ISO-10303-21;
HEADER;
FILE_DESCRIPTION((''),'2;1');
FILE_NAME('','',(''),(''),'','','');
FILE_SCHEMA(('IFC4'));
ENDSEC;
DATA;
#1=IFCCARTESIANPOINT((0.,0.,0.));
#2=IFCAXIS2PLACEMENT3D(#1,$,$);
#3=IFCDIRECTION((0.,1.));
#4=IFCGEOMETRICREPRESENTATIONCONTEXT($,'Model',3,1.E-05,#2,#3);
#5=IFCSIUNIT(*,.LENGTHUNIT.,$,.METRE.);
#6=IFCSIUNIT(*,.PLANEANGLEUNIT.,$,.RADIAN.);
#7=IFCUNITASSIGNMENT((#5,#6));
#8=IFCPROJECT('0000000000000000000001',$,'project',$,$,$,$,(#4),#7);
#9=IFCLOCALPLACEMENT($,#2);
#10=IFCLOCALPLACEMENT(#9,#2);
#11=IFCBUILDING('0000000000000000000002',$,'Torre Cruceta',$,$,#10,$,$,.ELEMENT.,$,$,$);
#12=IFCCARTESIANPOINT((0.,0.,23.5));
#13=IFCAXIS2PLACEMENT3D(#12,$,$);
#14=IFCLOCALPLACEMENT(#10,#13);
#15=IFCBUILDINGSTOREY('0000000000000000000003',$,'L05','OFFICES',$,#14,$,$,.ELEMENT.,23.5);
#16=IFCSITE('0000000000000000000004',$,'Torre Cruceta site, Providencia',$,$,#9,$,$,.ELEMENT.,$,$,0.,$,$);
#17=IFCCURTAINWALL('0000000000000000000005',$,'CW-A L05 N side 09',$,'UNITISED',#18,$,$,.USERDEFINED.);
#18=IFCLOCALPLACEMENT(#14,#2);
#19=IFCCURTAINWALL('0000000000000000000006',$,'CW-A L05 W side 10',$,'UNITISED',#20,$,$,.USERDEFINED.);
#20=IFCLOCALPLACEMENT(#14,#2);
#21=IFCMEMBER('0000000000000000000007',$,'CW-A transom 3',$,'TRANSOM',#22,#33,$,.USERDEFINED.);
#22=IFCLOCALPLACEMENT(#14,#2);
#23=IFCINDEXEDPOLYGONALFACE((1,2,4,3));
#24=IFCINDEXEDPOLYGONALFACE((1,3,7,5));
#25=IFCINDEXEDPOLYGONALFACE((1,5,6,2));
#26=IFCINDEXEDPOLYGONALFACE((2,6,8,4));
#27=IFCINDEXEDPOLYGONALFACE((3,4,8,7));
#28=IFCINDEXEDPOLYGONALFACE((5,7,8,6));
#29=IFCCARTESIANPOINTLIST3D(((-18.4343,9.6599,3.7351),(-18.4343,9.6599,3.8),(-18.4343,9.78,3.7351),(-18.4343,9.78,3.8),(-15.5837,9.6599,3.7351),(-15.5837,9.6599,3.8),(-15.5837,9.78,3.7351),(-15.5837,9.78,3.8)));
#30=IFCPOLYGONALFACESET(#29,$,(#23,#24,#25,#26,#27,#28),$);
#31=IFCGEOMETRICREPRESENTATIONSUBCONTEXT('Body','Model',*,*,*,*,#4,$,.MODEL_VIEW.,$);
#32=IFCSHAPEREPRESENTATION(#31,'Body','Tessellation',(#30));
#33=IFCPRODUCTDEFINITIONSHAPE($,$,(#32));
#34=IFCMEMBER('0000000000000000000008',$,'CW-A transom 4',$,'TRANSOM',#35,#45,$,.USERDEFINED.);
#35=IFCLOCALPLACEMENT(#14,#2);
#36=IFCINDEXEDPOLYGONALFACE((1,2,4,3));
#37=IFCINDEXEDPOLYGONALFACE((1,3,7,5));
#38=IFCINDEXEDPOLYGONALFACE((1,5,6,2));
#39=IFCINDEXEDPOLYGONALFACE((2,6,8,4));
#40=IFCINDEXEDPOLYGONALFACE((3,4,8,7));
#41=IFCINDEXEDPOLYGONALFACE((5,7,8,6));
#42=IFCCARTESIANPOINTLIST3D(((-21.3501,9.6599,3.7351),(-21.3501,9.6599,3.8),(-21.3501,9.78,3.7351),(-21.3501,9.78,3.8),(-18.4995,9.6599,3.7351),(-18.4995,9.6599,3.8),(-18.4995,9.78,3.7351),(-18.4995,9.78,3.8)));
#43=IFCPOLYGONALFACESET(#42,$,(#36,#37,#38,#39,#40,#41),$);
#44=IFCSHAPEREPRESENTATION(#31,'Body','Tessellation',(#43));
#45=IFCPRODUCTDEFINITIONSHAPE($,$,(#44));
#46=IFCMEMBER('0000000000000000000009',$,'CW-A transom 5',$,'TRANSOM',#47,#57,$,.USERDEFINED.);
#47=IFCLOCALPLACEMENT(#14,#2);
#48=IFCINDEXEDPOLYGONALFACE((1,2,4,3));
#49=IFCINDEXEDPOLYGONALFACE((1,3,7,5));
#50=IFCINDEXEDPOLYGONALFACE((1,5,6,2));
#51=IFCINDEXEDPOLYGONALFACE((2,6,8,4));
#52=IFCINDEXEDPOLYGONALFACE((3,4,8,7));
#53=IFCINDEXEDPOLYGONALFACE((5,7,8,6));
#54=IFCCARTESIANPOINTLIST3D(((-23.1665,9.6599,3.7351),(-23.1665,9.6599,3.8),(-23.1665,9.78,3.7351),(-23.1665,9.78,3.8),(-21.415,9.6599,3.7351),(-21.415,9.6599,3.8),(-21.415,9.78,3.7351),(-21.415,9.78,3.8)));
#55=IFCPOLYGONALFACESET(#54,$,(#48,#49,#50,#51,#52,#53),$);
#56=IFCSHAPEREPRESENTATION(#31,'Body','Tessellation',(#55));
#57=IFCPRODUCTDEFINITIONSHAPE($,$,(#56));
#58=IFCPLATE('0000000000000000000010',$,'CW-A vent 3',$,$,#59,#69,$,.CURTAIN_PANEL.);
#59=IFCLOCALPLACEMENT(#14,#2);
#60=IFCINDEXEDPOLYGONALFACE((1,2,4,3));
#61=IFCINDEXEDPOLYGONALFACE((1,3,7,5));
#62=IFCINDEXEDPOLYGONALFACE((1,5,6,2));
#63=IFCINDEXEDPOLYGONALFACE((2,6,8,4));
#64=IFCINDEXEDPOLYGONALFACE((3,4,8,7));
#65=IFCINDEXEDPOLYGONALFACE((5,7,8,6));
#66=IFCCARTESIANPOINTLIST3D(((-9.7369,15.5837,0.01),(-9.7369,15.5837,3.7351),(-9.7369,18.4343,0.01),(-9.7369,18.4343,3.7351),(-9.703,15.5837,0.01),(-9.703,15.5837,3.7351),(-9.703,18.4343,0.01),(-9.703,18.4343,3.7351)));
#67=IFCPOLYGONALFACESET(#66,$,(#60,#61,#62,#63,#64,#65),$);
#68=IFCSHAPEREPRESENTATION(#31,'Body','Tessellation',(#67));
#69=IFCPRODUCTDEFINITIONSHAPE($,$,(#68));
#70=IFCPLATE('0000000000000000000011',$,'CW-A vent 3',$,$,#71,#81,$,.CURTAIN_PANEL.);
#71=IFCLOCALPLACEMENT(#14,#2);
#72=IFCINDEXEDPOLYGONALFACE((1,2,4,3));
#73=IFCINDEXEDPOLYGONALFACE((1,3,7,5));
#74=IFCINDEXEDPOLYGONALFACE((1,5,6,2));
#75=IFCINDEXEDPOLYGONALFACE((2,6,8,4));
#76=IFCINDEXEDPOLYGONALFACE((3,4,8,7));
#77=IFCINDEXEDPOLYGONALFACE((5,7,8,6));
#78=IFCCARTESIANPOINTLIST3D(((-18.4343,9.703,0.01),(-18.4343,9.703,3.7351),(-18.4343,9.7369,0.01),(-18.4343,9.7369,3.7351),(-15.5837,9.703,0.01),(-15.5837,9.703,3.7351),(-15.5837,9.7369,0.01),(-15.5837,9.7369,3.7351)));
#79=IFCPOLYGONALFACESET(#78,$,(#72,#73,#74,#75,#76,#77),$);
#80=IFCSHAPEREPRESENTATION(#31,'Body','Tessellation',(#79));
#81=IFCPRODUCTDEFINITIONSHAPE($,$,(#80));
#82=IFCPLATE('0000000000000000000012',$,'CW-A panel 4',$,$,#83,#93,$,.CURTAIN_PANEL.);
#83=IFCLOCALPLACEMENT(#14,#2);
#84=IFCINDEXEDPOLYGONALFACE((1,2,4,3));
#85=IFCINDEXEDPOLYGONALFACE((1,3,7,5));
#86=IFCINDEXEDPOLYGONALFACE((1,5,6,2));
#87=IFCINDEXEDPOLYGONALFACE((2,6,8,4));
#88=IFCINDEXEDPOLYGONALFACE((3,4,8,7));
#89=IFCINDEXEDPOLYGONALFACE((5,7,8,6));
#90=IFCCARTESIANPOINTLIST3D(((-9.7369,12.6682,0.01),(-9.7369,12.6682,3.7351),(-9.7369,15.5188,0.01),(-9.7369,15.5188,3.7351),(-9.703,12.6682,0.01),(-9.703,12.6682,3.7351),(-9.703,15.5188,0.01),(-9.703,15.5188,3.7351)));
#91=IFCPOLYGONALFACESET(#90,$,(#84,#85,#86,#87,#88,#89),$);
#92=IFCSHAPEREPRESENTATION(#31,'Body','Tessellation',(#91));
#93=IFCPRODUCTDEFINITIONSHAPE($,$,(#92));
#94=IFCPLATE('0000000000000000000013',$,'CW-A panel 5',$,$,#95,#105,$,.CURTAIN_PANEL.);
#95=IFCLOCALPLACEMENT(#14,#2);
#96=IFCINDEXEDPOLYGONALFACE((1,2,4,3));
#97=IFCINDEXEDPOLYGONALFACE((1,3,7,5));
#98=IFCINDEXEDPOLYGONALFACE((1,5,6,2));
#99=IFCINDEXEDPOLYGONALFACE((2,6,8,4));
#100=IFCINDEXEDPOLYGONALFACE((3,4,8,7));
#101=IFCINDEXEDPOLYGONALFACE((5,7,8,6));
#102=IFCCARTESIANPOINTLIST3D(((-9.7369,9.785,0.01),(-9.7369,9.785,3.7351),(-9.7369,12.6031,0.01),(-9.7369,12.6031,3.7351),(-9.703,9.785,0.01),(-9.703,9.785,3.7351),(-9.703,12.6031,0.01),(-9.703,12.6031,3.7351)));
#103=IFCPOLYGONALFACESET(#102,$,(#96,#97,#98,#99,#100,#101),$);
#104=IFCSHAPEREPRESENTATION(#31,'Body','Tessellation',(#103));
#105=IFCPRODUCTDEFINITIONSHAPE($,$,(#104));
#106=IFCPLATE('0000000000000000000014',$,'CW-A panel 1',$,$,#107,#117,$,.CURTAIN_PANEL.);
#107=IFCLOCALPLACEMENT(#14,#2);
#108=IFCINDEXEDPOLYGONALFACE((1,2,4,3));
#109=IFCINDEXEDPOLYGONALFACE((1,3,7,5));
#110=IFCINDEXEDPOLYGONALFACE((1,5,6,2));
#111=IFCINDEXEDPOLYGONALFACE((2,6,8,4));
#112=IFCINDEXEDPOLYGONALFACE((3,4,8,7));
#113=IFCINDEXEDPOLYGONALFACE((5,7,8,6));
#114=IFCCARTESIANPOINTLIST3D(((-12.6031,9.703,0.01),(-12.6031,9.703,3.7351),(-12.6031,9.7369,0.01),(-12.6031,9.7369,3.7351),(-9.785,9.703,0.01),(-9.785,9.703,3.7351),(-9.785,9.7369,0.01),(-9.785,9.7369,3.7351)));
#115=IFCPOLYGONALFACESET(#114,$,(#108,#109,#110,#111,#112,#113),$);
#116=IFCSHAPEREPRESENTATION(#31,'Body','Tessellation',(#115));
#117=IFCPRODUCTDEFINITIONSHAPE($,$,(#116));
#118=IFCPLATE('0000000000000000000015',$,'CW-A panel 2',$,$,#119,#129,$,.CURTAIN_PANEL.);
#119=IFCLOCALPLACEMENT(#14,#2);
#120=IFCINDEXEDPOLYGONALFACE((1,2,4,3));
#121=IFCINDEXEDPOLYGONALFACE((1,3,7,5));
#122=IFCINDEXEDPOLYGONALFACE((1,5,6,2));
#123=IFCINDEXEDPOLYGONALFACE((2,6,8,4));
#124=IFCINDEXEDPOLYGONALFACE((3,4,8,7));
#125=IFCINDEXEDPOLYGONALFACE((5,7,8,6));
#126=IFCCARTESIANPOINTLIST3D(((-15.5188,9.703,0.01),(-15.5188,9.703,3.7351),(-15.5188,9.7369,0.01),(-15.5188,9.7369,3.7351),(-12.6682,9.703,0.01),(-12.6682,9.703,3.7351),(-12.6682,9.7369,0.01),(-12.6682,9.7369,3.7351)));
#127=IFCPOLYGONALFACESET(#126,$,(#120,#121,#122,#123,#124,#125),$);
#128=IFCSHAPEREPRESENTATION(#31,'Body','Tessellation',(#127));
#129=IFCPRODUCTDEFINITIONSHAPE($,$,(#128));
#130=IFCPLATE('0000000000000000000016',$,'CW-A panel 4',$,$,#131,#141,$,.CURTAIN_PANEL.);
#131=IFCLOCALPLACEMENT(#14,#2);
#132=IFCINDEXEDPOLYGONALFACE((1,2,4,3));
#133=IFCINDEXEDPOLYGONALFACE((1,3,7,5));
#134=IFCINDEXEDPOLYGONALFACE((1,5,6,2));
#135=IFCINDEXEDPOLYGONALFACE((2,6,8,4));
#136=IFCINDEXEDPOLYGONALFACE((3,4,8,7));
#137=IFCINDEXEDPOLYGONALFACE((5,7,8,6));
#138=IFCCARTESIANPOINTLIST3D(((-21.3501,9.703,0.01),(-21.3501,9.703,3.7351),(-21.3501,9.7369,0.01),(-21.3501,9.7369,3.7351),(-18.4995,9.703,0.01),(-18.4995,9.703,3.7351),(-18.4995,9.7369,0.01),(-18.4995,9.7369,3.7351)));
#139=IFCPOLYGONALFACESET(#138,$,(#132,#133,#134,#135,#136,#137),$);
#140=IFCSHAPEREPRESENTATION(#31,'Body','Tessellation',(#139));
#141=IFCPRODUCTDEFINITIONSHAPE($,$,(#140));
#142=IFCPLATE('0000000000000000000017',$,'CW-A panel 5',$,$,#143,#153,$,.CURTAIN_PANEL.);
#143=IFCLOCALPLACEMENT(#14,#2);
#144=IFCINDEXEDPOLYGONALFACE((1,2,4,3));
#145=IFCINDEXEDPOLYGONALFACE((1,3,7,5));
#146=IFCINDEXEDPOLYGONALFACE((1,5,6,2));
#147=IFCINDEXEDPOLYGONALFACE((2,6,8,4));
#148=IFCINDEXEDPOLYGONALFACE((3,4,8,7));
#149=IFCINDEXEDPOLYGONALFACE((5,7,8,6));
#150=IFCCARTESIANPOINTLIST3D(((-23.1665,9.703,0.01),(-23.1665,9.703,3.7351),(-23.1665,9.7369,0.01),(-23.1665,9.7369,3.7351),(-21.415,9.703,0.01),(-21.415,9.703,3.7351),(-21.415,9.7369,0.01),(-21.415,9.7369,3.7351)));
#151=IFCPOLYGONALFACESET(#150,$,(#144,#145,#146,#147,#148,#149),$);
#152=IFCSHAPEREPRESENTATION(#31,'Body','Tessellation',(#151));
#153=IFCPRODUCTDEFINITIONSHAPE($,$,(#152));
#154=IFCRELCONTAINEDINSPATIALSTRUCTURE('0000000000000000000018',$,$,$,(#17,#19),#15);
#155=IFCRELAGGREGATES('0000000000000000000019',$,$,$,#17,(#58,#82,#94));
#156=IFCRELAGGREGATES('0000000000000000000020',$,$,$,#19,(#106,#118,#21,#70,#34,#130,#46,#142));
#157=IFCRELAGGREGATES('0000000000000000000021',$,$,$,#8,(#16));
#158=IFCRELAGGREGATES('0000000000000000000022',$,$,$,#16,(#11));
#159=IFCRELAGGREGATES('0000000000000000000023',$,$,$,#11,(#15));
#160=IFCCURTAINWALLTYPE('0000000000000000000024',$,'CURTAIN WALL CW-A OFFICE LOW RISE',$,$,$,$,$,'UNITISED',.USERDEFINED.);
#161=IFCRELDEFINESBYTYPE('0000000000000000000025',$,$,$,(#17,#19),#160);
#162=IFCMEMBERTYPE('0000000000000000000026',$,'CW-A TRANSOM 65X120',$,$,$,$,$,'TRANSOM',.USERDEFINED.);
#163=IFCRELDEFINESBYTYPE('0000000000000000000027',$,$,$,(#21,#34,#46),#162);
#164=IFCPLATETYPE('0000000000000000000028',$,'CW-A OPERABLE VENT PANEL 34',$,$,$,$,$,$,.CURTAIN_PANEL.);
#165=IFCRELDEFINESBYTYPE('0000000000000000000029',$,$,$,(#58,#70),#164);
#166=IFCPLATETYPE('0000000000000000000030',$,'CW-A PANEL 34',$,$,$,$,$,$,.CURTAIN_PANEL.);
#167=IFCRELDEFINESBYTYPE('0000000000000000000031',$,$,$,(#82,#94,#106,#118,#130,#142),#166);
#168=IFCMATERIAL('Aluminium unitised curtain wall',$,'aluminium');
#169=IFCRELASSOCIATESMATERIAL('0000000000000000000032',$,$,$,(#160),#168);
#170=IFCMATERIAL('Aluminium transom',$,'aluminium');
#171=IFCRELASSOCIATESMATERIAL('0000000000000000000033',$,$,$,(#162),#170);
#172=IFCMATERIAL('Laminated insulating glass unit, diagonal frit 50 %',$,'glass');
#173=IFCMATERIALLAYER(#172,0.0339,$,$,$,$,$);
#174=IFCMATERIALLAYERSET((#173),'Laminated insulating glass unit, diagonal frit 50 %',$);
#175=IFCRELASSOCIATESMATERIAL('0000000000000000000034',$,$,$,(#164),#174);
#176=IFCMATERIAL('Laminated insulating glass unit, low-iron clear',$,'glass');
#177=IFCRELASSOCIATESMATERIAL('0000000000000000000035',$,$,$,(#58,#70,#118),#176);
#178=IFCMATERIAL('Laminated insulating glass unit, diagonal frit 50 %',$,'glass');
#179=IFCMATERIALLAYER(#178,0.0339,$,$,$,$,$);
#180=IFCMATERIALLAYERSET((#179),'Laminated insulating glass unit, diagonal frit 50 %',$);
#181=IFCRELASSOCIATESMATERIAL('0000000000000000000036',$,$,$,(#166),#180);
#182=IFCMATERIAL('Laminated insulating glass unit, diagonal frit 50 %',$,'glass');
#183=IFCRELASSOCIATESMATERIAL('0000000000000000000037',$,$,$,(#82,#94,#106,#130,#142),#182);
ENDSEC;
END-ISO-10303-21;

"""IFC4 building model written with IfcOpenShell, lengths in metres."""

from ifc_helpers import new_model, si_unit, direction, frame, origin, origin_2d, place, context, subcontext, project, spatial, rectangle, extrude, material, layer, layer_set, material_profile, profile_set, type_object, element, aggregate, save


model = new_model("IFC4")

# Units and contexts
model_context = context("Model", 3, precision=1e-05, world=origin(), true_north=direction((0.0, 1.0)))
body_context = subcontext(model_context, "Body", "Model", "MODEL_VIEW")
ifc_project = project(units=[si_unit("LENGTHUNIT", "METRE"), si_unit("PLANEANGLEUNIT", "RADIAN")], contexts=[model_context])

# Site, building, storey
site_placement = place(None, origin())
site = spatial("IfcSite", under=ifc_project, at=site_placement, Name="Torre Cruceta site, Providencia", CompositionType="ELEMENT", RefElevation=0.0)
building_placement = place(site_placement, origin())
building = spatial("IfcBuilding", under=site, at=building_placement, Name="Torre Cruceta", CompositionType="ELEMENT")
storey_placement = place(building_placement, frame((0.0, 0.0, 23.5)))
storey = spatial("IfcBuildingStorey", under=building, at=storey_placement, Name="L05", Description="OFFICES", CompositionType="ELEMENT", Elevation=23.5)

# Curtain walls
ifc_material_1 = material(Name="Aluminium unitised curtain wall", Category="aluminium")
curtain_wall_type = type_object("IfcCurtainWallType", Name="CURTAIN WALL CW-A OFFICE LOW RISE", ElementType="UNITISED", PredefinedType="USERDEFINED", material=ifc_material_1)
curtain_wall_1_placement = place(storey_placement, origin())
curtain_wall_1 = element("IfcCurtainWall", 1, at=curtain_wall_1_placement, inside=storey, type_object=curtain_wall_type, Name="CW-A L05 N side 09", ObjectType="UNITISED", PredefinedType="USERDEFINED")
curtain_wall_2_placement = place(storey_placement, origin())
curtain_wall_2 = element("IfcCurtainWall", 2, at=curtain_wall_2_placement, inside=storey, type_object=curtain_wall_type, Name="CW-A L05 W side 10", ObjectType="UNITISED", PredefinedType="USERDEFINED")

# Members
ifc_material_2 = material(Name="Aluminium transom", Category="aluminium")
ifc_material_profile_1 = material_profile(ifc_material_2, rectangle(XDim=0.1201, YDim=0.0649, at=origin_2d()), Name="AL 120X65")
ifc_profile_set_1 = profile_set([ifc_material_profile_1], Name="Aluminium transom")
member_type_1 = type_object("IfcMemberType", Name="CW-A TRANSOM 65X120", ElementType="TRANSOM", PredefinedType="USERDEFINED", material=ifc_profile_set_1)
member_1_placement = place(storey_placement, frame((-15.5837, 9.72, 3.7676), z_axis=(-1.0, 0.0, 0.0), x_axis=(0.0, -1.0, 0.0)))
member_1 = element("IfcMember", 3, at=member_1_placement, type_object=member_type_1, Name="CW-A transom 3", ObjectType="TRANSOM", PredefinedType="USERDEFINED", context=body_context, shape_type="SweptSolid", body=[
    extrude(rectangle(XDim=0.1201, YDim=0.0649, at=origin_2d()), origin(), (0.0, 0.0, 1.0), 2.8506),
])
member_2_placement = place(storey_placement, frame((-18.4995, 9.72, 3.7676), z_axis=(-1.0, 0.0, 0.0), x_axis=(0.0, -1.0, 0.0)))
member_2 = element("IfcMember", 4, at=member_2_placement, type_object=member_type_1, Name="CW-A transom 4", ObjectType="TRANSOM", PredefinedType="USERDEFINED", context=body_context, shape_type="SweptSolid", body=[
    extrude(rectangle(XDim=0.1201, YDim=0.0649, at=origin_2d()), origin(), (0.0, 0.0, 1.0), 2.8506),
])
member_3_placement = place(storey_placement, frame((-21.415, 9.72, 3.7676), z_axis=(-1.0, 0.0, 0.0), x_axis=(0.0, -1.0, 0.0)))
member_3 = element("IfcMember", 5, at=member_3_placement, type_object=member_type_1, Name="CW-A transom 5", ObjectType="TRANSOM", PredefinedType="USERDEFINED", context=body_context, shape_type="SweptSolid", body=[
    extrude(rectangle(XDim=0.1201, YDim=0.0649, at=origin_2d()), origin(), (0.0, 0.0, 1.0), 1.7515),
])

# Plates
ifc_material_3 = material(Name="Laminated insulating glass unit, low-iron clear", Category="glass")
ifc_material_4 = material(Name="Laminated insulating glass unit, diagonal frit 50 %", Category="glass")
ifc_layer_1 = layer(ifc_material_4, 0.0339)
ifc_layer_set_1 = layer_set([ifc_layer_1], Name="Laminated insulating glass unit, diagonal frit 50 %")
plate_type_1 = type_object("IfcPlateType", Name="CW-A OPERABLE VENT PANEL 34", PredefinedType="CURTAIN_PANEL", material=ifc_layer_set_1)
plate_1_placement = place(storey_placement, frame((-9.72, 17.009, 0.01), z_axis=(0.0, 0.0, 1.0), x_axis=(0.0, -1.0, 0.0)))
plate_1 = element("IfcPlate", 6, at=plate_1_placement, type_object=plate_type_1, material=ifc_material_3, Name="CW-A vent 3", PredefinedType="CURTAIN_PANEL", context=body_context, shape_type="SweptSolid", body=[
    extrude(rectangle(XDim=2.8506, YDim=0.0339, at=origin_2d()), origin(), (0.0, 0.0, 1.0), 3.7251),
])
plate_2_placement = place(storey_placement, frame((-17.009, 9.72, 0.01), z_axis=(0.0, 0.0, 1.0), x_axis=(-1.0, 0.0, 0.0)))
plate_2 = element("IfcPlate", 7, at=plate_2_placement, type_object=plate_type_1, material=ifc_material_3, Name="CW-A vent 3", PredefinedType="CURTAIN_PANEL", context=body_context, shape_type="SweptSolid", body=[
    extrude(rectangle(XDim=2.8506, YDim=0.0339, at=origin_2d()), origin(), (0.0, 0.0, 1.0), 3.7251),
])
ifc_material_5 = material(Name="Laminated insulating glass unit, diagonal frit 50 %", Category="glass")
ifc_material_6 = material(Name="Laminated insulating glass unit, diagonal frit 50 %", Category="glass")
ifc_layer_2 = layer(ifc_material_6, 0.0339)
ifc_layer_set_2 = layer_set([ifc_layer_2], Name="Laminated insulating glass unit, diagonal frit 50 %")
plate_type_2 = type_object("IfcPlateType", Name="CW-A PANEL 34", PredefinedType="CURTAIN_PANEL", material=ifc_layer_set_2)
plate_3_placement = place(storey_placement, frame((-9.72, 14.0935, 0.01), z_axis=(0.0, 0.0, 1.0), x_axis=(0.0, -1.0, 0.0)))
plate_3 = element("IfcPlate", 8, at=plate_3_placement, type_object=plate_type_2, material=ifc_material_5, Name="CW-A panel 4", PredefinedType="CURTAIN_PANEL", context=body_context, shape_type="SweptSolid", body=[
    extrude(rectangle(XDim=2.8506, YDim=0.0339, at=origin_2d()), origin(), (0.0, 0.0, 1.0), 3.7251),
])
plate_4_placement = place(storey_placement, frame((-9.72, 11.1941, 0.01), z_axis=(0.0, 0.0, 1.0), x_axis=(0.0, -1.0, 0.0)))
plate_4 = element("IfcPlate", 9, at=plate_4_placement, type_object=plate_type_2, material=ifc_material_5, Name="CW-A panel 5", PredefinedType="CURTAIN_PANEL", context=body_context, shape_type="SweptSolid", body=[
    extrude(rectangle(XDim=2.8181, YDim=0.0339, at=origin_2d()), origin(), (0.0, 0.0, 1.0), 3.7251),
])
aggregate(curtain_wall_1, [plate_1, plate_3, plate_4])
plate_5_placement = place(storey_placement, frame((-11.1941, 9.72, 0.01), z_axis=(0.0, 0.0, 1.0), x_axis=(-1.0, 0.0, 0.0)))
plate_5 = element("IfcPlate", 10, at=plate_5_placement, type_object=plate_type_2, material=ifc_material_5, Name="CW-A panel 1", PredefinedType="CURTAIN_PANEL", context=body_context, shape_type="SweptSolid", body=[
    extrude(rectangle(XDim=2.8181, YDim=0.0339, at=origin_2d()), origin(), (0.0, 0.0, 1.0), 3.7251),
])
plate_6_placement = place(storey_placement, frame((-14.0935, 9.72, 0.01), z_axis=(0.0, 0.0, 1.0), x_axis=(-1.0, 0.0, 0.0)))
plate_6 = element("IfcPlate", 11, at=plate_6_placement, type_object=plate_type_2, material=ifc_material_3, Name="CW-A panel 2", PredefinedType="CURTAIN_PANEL", context=body_context, shape_type="SweptSolid", body=[
    extrude(rectangle(XDim=2.8506, YDim=0.0339, at=origin_2d()), origin(), (0.0, 0.0, 1.0), 3.7251),
])
plate_7_placement = place(storey_placement, frame((-19.9248, 9.72, 0.01), z_axis=(0.0, 0.0, 1.0), x_axis=(-1.0, 0.0, 0.0)))
plate_7 = element("IfcPlate", 12, at=plate_7_placement, type_object=plate_type_2, material=ifc_material_5, Name="CW-A panel 4", PredefinedType="CURTAIN_PANEL", context=body_context, shape_type="SweptSolid", body=[
    extrude(rectangle(XDim=2.8506, YDim=0.0339, at=origin_2d()), origin(), (0.0, 0.0, 1.0), 3.7251),
])
plate_8_placement = place(storey_placement, frame((-22.2908, 9.72, 0.01), z_axis=(0.0, 0.0, 1.0), x_axis=(-1.0, 0.0, 0.0)))
plate_8 = element("IfcPlate", 13, at=plate_8_placement, type_object=plate_type_2, material=ifc_material_5, Name="CW-A panel 5", PredefinedType="CURTAIN_PANEL", context=body_context, shape_type="SweptSolid", body=[
    extrude(rectangle(XDim=1.7515, YDim=0.0339, at=origin_2d()), origin(), (0.0, 0.0, 1.0), 3.7251),
])
aggregate(curtain_wall_2, [plate_5, plate_6, member_1, plate_2, member_2, plate_7, member_3, plate_8])

save(model, "model.ifc")
